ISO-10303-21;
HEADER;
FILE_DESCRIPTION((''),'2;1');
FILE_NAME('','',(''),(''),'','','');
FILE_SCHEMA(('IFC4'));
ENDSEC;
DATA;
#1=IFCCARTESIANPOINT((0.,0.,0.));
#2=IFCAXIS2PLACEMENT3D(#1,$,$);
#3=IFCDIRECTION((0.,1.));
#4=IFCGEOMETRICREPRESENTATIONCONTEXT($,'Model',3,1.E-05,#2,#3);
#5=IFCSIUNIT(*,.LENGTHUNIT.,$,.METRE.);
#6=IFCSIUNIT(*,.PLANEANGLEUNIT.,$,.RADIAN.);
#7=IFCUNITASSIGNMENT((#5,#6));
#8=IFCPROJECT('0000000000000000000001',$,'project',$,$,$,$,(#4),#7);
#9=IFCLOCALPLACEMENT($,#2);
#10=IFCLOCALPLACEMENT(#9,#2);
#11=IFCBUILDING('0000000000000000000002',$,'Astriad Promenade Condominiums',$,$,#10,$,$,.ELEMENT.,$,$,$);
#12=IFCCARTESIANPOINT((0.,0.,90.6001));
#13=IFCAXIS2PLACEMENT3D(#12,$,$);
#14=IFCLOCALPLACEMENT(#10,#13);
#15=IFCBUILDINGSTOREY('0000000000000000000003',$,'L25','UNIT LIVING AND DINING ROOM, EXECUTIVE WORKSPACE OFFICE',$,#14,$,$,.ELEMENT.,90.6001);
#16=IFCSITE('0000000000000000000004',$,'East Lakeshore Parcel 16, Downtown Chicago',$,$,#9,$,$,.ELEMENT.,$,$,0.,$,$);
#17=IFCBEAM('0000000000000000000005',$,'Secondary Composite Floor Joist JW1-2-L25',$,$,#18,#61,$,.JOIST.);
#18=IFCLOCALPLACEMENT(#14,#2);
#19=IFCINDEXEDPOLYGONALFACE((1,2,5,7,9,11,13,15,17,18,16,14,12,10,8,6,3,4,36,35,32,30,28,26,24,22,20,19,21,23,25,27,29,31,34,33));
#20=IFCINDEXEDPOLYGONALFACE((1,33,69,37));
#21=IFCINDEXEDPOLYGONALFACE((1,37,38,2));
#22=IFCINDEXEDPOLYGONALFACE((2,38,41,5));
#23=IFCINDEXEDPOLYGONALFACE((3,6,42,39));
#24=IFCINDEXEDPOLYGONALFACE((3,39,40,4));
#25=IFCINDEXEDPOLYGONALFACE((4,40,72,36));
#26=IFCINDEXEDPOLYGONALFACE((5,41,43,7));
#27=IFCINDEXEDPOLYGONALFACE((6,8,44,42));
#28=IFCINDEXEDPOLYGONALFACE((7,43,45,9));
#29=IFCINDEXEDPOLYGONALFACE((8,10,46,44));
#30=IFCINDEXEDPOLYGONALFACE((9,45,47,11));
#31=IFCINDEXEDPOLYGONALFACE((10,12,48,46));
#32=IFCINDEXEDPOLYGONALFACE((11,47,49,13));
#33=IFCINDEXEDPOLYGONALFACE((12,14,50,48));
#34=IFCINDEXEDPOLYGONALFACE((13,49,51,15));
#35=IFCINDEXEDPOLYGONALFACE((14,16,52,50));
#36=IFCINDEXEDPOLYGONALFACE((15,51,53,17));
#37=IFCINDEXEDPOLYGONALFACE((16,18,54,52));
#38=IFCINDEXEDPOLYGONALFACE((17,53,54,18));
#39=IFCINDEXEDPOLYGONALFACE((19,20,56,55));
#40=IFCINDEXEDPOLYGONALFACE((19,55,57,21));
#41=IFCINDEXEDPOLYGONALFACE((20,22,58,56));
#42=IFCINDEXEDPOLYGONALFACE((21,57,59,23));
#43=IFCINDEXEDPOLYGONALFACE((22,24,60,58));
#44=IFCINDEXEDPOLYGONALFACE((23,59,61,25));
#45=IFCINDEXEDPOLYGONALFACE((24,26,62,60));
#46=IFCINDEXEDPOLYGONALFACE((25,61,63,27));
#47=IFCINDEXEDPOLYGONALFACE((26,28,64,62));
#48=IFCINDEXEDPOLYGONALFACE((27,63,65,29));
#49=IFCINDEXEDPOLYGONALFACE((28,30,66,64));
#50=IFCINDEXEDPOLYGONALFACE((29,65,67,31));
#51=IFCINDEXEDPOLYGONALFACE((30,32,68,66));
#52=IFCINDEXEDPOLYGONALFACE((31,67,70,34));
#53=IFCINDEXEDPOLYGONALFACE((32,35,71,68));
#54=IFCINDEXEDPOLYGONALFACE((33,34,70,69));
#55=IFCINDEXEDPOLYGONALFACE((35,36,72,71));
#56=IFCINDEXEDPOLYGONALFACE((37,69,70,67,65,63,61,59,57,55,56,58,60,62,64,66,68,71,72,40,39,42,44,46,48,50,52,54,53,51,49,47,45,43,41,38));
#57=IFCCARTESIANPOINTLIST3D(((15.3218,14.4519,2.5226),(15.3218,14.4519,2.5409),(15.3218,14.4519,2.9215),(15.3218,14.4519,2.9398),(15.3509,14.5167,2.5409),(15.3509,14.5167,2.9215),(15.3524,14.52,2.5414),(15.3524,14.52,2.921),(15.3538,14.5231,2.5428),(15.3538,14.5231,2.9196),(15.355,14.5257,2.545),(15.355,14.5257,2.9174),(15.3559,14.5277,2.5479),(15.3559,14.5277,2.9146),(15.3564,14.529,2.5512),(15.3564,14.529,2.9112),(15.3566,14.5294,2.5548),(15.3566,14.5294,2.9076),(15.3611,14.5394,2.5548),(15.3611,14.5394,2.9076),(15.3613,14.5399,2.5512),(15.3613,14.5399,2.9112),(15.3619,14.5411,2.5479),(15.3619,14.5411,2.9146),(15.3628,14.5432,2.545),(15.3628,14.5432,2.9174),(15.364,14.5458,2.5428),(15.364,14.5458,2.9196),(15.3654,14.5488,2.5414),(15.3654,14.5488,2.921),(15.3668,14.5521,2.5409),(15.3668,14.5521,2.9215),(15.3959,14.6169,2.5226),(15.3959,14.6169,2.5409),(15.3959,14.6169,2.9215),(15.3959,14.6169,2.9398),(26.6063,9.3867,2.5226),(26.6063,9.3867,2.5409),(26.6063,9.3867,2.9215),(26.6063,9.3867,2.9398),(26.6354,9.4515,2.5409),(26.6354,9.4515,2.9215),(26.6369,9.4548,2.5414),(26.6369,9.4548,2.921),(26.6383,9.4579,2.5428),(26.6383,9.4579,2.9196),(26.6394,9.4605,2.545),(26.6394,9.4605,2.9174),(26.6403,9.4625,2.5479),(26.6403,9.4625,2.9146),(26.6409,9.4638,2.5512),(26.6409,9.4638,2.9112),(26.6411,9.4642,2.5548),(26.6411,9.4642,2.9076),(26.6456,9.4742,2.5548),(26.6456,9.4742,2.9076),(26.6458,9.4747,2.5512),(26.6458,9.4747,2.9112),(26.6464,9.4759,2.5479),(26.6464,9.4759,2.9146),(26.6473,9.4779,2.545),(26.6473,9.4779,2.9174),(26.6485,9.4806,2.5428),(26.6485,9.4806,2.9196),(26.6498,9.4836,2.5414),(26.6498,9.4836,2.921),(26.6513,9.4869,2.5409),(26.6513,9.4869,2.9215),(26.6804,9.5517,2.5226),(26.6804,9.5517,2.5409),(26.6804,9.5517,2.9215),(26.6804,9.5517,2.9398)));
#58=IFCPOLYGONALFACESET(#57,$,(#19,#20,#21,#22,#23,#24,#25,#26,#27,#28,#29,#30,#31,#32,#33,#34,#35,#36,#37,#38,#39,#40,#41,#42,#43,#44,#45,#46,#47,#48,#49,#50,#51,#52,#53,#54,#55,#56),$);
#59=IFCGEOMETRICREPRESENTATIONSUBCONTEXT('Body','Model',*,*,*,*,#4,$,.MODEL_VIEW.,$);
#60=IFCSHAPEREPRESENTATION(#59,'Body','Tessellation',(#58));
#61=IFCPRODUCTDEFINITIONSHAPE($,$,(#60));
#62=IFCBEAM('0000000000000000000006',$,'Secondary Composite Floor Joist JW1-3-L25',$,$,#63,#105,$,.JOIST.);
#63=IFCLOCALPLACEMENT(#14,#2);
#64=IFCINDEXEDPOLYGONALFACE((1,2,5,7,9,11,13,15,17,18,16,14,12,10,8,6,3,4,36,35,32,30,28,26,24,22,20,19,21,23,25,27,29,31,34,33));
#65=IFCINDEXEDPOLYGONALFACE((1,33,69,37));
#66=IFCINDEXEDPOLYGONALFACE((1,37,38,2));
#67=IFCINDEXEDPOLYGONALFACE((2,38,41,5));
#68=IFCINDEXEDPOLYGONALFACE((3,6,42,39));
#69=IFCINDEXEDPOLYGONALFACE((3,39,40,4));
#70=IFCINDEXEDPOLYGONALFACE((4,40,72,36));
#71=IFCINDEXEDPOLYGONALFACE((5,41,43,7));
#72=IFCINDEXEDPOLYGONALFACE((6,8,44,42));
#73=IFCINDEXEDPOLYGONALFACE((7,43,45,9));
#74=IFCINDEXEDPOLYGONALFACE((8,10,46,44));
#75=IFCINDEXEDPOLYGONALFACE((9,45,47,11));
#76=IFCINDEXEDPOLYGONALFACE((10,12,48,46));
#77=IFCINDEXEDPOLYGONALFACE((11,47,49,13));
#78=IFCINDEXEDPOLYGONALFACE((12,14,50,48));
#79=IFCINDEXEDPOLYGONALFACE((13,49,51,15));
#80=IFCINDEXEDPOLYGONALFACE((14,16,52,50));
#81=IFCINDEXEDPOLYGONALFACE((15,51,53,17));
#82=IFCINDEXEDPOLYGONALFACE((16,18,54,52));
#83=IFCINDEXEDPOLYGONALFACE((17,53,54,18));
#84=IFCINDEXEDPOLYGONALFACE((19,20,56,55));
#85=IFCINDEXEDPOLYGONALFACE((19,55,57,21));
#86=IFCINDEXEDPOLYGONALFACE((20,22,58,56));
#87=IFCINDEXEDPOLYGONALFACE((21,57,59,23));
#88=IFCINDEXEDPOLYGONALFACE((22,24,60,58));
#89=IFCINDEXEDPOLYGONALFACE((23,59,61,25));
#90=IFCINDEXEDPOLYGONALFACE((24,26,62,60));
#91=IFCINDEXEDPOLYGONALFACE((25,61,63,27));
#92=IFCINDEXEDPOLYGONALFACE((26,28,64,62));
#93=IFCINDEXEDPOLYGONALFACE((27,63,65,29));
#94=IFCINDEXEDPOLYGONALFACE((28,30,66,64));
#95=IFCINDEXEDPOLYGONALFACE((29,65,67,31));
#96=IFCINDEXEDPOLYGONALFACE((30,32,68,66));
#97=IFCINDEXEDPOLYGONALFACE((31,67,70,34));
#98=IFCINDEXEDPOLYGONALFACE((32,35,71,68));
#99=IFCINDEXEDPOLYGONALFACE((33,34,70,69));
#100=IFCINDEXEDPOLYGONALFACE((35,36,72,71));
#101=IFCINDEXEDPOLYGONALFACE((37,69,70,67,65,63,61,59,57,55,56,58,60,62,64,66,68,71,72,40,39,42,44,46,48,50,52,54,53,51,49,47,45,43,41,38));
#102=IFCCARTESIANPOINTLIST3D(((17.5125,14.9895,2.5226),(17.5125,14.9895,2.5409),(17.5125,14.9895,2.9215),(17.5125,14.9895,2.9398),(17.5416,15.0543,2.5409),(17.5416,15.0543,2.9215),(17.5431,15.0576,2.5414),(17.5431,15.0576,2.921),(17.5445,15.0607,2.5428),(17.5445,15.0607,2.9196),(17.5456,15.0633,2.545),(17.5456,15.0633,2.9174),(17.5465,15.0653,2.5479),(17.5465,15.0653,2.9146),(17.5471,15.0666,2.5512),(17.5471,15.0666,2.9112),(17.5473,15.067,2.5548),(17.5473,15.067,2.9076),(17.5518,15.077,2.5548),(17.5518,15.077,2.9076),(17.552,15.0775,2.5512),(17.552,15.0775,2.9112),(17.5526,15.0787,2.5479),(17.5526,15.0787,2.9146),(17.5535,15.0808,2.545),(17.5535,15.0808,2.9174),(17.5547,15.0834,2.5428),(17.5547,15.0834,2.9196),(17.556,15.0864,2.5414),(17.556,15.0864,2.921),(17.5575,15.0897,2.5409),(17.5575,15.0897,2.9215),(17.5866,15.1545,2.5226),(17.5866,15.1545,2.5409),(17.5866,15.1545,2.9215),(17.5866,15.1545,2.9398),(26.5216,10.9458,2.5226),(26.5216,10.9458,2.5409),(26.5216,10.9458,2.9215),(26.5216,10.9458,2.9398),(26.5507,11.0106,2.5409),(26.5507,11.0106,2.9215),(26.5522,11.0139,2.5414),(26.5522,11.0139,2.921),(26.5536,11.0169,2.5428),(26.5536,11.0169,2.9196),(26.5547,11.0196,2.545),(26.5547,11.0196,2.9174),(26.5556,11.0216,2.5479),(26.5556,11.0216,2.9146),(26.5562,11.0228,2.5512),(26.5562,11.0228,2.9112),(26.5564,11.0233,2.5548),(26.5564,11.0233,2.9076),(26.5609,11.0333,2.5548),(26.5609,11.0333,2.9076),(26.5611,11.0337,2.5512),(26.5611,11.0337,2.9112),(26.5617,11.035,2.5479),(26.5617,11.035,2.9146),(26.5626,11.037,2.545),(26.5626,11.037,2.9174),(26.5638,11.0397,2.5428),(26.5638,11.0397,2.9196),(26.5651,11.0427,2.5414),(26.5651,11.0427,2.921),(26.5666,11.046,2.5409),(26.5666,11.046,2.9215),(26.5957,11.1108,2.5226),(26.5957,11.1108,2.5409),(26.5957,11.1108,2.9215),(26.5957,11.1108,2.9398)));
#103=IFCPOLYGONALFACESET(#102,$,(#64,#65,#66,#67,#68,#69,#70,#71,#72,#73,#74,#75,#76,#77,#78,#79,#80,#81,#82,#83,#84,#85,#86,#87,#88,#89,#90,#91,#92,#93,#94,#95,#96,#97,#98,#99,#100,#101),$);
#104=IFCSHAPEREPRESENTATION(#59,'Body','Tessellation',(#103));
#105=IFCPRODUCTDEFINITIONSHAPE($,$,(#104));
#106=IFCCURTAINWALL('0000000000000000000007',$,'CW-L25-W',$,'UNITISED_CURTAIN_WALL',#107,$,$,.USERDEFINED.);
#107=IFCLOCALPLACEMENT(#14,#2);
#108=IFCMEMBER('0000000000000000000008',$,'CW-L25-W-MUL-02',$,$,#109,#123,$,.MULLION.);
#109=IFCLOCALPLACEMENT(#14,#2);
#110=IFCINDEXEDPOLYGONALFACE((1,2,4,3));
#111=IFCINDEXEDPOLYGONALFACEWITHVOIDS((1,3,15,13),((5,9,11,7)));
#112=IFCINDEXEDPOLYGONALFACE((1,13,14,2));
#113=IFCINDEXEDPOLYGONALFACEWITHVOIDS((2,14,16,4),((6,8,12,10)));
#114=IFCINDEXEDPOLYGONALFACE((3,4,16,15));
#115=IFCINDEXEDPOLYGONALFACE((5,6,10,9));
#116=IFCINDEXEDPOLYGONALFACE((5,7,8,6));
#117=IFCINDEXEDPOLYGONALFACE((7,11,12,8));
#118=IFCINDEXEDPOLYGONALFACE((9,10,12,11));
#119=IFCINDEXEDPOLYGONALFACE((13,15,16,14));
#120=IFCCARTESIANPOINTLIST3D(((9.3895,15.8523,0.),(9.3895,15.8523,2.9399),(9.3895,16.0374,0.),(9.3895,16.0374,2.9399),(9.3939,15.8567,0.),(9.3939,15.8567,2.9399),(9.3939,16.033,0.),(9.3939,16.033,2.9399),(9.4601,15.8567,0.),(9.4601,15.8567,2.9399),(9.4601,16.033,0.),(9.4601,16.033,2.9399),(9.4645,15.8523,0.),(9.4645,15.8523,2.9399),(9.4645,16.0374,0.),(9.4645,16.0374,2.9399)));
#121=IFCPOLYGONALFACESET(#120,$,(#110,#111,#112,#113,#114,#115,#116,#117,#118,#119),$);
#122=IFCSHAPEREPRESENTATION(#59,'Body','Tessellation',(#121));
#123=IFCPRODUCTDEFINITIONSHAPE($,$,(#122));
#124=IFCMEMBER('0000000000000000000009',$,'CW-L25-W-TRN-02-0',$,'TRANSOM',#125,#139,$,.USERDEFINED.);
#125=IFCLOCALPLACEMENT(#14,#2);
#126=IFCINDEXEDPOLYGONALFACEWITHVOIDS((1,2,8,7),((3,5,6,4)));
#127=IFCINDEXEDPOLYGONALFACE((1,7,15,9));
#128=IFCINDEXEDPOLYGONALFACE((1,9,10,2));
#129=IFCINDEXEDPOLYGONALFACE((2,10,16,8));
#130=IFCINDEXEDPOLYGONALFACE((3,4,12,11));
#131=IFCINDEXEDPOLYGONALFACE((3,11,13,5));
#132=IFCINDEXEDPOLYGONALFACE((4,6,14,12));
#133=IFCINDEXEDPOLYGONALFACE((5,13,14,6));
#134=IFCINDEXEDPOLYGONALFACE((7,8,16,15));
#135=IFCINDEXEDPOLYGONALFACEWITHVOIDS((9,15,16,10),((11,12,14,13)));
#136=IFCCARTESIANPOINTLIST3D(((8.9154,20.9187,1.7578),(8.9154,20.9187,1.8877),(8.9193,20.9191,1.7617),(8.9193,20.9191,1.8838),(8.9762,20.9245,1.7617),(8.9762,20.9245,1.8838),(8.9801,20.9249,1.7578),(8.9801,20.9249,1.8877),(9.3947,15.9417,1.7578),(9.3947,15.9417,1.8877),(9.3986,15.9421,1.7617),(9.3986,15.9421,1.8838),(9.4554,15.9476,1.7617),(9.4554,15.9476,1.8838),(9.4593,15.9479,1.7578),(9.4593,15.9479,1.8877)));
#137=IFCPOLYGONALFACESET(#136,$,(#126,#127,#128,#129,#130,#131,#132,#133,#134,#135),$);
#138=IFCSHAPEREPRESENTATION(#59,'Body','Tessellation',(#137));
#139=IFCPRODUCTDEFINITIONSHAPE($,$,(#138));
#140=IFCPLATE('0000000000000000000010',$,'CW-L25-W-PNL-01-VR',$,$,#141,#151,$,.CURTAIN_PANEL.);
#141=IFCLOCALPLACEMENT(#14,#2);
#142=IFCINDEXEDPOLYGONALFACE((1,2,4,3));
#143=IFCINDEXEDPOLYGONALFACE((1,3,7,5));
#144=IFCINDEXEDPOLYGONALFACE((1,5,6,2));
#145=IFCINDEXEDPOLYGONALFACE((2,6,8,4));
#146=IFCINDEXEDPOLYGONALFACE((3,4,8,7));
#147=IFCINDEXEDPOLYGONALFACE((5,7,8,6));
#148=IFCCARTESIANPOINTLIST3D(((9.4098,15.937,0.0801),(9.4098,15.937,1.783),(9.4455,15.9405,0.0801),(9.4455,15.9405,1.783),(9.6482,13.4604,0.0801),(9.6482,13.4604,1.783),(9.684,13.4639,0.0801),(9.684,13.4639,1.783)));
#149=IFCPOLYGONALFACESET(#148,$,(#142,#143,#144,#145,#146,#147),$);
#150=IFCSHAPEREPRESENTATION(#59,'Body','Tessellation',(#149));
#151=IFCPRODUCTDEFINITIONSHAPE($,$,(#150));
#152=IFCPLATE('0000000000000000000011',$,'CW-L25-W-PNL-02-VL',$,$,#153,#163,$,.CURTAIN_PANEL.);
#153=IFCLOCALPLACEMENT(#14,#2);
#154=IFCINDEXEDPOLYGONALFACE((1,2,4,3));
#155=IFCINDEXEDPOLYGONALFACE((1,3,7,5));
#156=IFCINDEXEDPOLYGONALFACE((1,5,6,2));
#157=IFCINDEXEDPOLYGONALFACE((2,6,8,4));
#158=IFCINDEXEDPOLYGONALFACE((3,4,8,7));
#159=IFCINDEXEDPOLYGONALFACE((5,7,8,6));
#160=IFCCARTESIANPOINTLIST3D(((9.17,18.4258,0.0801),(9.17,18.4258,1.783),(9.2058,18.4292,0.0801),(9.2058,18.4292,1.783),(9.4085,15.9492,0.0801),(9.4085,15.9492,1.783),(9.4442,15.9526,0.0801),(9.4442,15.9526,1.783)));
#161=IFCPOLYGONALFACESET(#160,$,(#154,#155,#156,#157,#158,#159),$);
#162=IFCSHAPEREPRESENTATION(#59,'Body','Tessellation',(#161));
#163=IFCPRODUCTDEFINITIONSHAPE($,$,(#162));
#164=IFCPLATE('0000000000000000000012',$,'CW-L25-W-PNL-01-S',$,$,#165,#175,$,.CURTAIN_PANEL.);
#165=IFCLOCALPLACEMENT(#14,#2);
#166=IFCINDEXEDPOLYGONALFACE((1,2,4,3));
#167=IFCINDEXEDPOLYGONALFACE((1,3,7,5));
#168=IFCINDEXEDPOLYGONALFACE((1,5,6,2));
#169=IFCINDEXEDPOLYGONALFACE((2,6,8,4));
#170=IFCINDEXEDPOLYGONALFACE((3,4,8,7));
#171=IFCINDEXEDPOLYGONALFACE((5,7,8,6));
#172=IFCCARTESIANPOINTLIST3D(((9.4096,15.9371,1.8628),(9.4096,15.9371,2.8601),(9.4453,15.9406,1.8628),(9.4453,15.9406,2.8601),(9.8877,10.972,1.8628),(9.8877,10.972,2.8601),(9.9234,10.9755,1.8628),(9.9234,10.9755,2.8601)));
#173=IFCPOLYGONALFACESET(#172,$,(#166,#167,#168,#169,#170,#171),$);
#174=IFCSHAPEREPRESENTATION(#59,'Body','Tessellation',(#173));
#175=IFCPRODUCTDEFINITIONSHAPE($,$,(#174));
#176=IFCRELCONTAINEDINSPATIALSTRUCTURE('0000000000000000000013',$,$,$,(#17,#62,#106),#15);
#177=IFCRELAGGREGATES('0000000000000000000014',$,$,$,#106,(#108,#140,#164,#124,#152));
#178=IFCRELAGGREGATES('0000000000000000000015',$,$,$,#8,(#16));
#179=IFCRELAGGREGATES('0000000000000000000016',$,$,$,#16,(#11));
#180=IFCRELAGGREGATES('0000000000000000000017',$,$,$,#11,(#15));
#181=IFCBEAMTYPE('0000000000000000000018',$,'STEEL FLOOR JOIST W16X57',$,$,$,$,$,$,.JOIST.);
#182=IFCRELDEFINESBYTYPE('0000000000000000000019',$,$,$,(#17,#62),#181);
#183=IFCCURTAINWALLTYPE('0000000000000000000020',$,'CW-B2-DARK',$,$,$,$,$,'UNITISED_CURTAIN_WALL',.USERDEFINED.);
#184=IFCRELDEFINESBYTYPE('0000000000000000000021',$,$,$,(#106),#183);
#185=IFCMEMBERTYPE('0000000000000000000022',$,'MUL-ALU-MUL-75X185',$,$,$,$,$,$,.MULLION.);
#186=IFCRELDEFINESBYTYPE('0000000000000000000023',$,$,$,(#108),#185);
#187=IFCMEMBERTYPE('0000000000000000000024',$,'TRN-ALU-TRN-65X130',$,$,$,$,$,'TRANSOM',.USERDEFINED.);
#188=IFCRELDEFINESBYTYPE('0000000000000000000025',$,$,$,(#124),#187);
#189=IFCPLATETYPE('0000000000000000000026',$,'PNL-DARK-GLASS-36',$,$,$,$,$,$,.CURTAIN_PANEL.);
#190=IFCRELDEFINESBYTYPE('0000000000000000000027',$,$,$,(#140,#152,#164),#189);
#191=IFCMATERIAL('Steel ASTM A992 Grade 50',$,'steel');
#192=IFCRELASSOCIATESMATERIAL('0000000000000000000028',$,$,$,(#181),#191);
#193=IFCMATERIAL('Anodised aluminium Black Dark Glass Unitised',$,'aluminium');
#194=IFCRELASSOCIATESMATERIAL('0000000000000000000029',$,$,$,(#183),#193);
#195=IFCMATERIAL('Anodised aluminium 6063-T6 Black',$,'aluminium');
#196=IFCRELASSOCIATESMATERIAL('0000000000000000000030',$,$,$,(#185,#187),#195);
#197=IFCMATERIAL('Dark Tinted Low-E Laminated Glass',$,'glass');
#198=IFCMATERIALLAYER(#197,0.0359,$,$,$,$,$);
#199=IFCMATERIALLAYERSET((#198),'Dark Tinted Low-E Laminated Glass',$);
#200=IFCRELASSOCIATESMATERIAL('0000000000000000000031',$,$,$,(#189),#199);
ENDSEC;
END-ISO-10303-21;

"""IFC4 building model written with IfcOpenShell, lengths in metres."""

from ifc_helpers import new_model, si_unit, direction, frame, origin, origin_2d, place, context, subcontext, project, spatial, rectangle, hollow_rectangle, i_section, extrude, source, transform, mapped, material, layer, layer_set, material_profile, profile_set, type_object, type_shapes, element, aggregate, save


model = new_model("IFC4")

# Units and contexts
model_context = context("Model", 3, precision=1e-05, world=origin(), true_north=direction((0.0, 1.0)))
body_context = subcontext(model_context, "Body", "Model", "MODEL_VIEW")
ifc_project = project(units=[si_unit("LENGTHUNIT", "METRE"), si_unit("PLANEANGLEUNIT", "RADIAN")], contexts=[model_context])

# Site, building, storey
site_placement = place(None, origin())
site = spatial("IfcSite", under=ifc_project, at=site_placement, Name="East Lakeshore Parcel 16, Downtown Chicago", CompositionType="ELEMENT", RefElevation=0.0)
building_placement = place(site_placement, origin())
building = spatial("IfcBuilding", under=site, at=building_placement, Name="Astriad Promenade Condominiums", CompositionType="ELEMENT")
storey_placement = place(building_placement, frame((0.0, 0.0, 90.6001)))
storey = spatial("IfcBuildingStorey", under=building, at=storey_placement, Name="L25", Description="UNIT LIVING AND DINING ROOM, EXECUTIVE WORKSPACE OFFICE", CompositionType="ELEMENT", Elevation=90.6001)

# Beams
ifc_material_1 = material(Name="Steel ASTM A992 Grade 50", Category="steel")
ifc_material_profile_1 = material_profile(ifc_material_1, i_section(OverallWidth=0.1809, OverallDepth=0.4172, WebThickness=0.011, FlangeThickness=0.0183, FilletRadius=0.0139, at=origin_2d()), Name="W16X57")
ifc_profile_set_1 = profile_set([ifc_material_profile_1], Name="Steel ASTM A992 Grade 50")
beam_type_1 = type_object("IfcBeamType", Name="STEEL FLOOR JOIST W16X57", PredefinedType="JOIST", material=ifc_profile_set_1)
shared_shape_1 = source(origin(), body_context, "Body", "SweptSolid", [
    extrude(i_section(OverallWidth=0.1809, OverallDepth=0.4172, WebThickness=0.011, FlangeThickness=0.0183, FilletRadius=0.0139, at=origin_2d()), origin(), (0.0, 0.0, 1.0), 12.3691),
])
beam_1_placement = place(storey_placement, frame((15.3589, 14.5344, 2.7312), z_axis=(0.912309, -0.409504, 0.0), x_axis=(0.409504, 0.912309, 0.0)))
element("IfcBeam", 1, at=beam_1_placement, inside=storey, type_object=beam_type_1, Name="Secondary Composite Floor Joist JW1-2-L25", PredefinedType="JOIST", context=body_context, shape_type="MappedRepresentation", body=[
    mapped(shared_shape_1, transform((0.0, 0.0, 0.0), scale=1.0)),
])
shared_shape_2 = source(origin(), body_context, "Body", "SweptSolid", [
    extrude(i_section(OverallWidth=0.1809, OverallDepth=0.4172, WebThickness=0.011, FlangeThickness=0.0183, FilletRadius=0.0139, at=origin_2d()), origin(), (0.0, 0.0, 1.0), 9.875),
])
beam_2_placement = place(storey_placement, frame((17.5496, 15.072, 2.7312), z_axis=(0.912314, -0.409492, 0.0), x_axis=(0.409492, 0.912314, 0.0)))
element("IfcBeam", 2, at=beam_2_placement, inside=storey, type_object=beam_type_1, Name="Secondary Composite Floor Joist JW1-3-L25", PredefinedType="JOIST", context=body_context, shape_type="MappedRepresentation", body=[
    mapped(shared_shape_2, transform((0.0, 0.0, 0.0), scale=1.0)),
])

# Curtain wall, members, plates
ifc_material_2 = material(Name="Anodised aluminium Black Dark Glass Unitised", Category="aluminium")
curtain_wall_type = type_object("IfcCurtainWallType", Name="CW-B2-DARK", ElementType="UNITISED_CURTAIN_WALL", PredefinedType="USERDEFINED", material=ifc_material_2)
curtain_wall_placement = place(storey_placement, origin())
curtain_wall = element("IfcCurtainWall", 3, at=curtain_wall_placement, inside=storey, type_object=curtain_wall_type, Name="CW-L25-W", ObjectType="UNITISED_CURTAIN_WALL", PredefinedType="USERDEFINED")
ifc_material_3 = material(Name="Anodised aluminium 6063-T6 Black", Category="aluminium")
ifc_material_profile_2 = material_profile(ifc_material_3, hollow_rectangle(XDim=0.075, YDim=0.1851, WallThickness=0.0044, at=origin_2d()), Name="ALU-MUL-75X185")
ifc_profile_set_2 = profile_set([ifc_material_profile_2], Name="Anodised aluminium 6063-T6 Black")
member_type_1 = type_object("IfcMemberType", Name="MUL-ALU-MUL-75X185", PredefinedType="MULLION", material=ifc_profile_set_2)
shared_shape_3 = source(origin(), body_context, "Body", "SweptSolid", [
    extrude(hollow_rectangle(XDim=0.075, YDim=0.1851, WallThickness=0.0044, at=origin_2d()), origin(), (0.0, 0.0, 1.0), 2.9399),
])
type_shapes(member_type_1, [shared_shape_3])
member_1_placement = place(storey_placement, frame((9.427, 15.9448, 0.0), z_axis=(0.0, 0.0, 1.0), x_axis=(1.0, 0.0, 0.0)))
member_1 = element("IfcMember", 4, at=member_1_placement, type_object=member_type_1, Name="CW-L25-W-MUL-02", PredefinedType="MULLION", context=body_context, shape_type="MappedRepresentation", body=[
    mapped(shared_shape_3, transform((0.0, 0.0, 0.0), scale=1.0)),
])
ifc_material_profile_3 = material_profile(ifc_material_3, hollow_rectangle(XDim=0.0649, YDim=0.1299, WallThickness=0.0039, at=origin_2d()), Name="ALU-TRN-65X130")
ifc_profile_set_3 = profile_set([ifc_material_profile_3], Name="Anodised aluminium 6063-T6 Black")
member_type_2 = type_object("IfcMemberType", Name="TRN-ALU-TRN-65X130", ElementType="TRANSOM", PredefinedType="USERDEFINED", material=ifc_profile_set_3)
shared_shape_4 = source(origin(), body_context, "Body", "SweptSolid", [
    extrude(hollow_rectangle(XDim=0.0649, YDim=0.1299, WallThickness=0.0039, at=origin_2d()), origin(), (0.0, 0.0, 1.0), 5.0),
])
type_shapes(member_type_2, [shared_shape_4])
member_2_placement = place(storey_placement, frame((9.427, 15.9448, 1.8228), z_axis=(-0.095848, 0.995396, 0.0), x_axis=(-0.995396, -0.095848, 0.0)))
member_2 = element("IfcMember", 5, at=member_2_placement, type_object=member_type_2, Name="CW-L25-W-TRN-02-0", ObjectType="TRANSOM", PredefinedType="USERDEFINED", context=body_context, shape_type="MappedRepresentation", body=[
    mapped(shared_shape_4, transform((0.0, 0.0, 0.0), scale=1.0)),
])
ifc_material_4 = material(Name="Dark Tinted Low-E Laminated Glass", Category="glass")
ifc_layer_1 = layer(ifc_material_4, 0.0359)
ifc_layer_set_1 = layer_set([ifc_layer_1], Name="Dark Tinted Low-E Laminated Glass")
plate_type = type_object("IfcPlateType", Name="PNL-DARK-GLASS-36", PredefinedType="CURTAIN_PANEL", material=ifc_layer_set_1)
shared_shape_5 = source(origin(), body_context, "Body", "SweptSolid", [
    extrude(rectangle(XDim=2.488, YDim=0.0359, at=origin_2d()), origin(), (0.0, 0.0, 1.0), 1.7029),
])
plate_1_placement = place(storey_placement, frame((9.5469, 14.7004, 0.0801), z_axis=(0.0, 0.0, 1.0), x_axis=(-0.095846, 0.995396, 0.0)))
plate_1 = element("IfcPlate", 6, at=plate_1_placement, type_object=plate_type, Name="CW-L25-W-PNL-01-VR", PredefinedType="CURTAIN_PANEL", context=body_context, shape_type="MappedRepresentation", body=[
    mapped(shared_shape_5, transform((0.0, 0.0, 0.0), scale=1.0)),
])
plate_2_placement = place(storey_placement, frame((9.3071, 17.1892, 0.0801), z_axis=(0.0, 0.0, 1.0), x_axis=(-0.095846, 0.995396, 0.0)))
plate_2 = element("IfcPlate", 7, at=plate_2_placement, type_object=plate_type, Name="CW-L25-W-PNL-02-VL", PredefinedType="CURTAIN_PANEL", context=body_context, shape_type="MappedRepresentation", body=[
    mapped(shared_shape_5, transform((0.0, 0.0, 0.0), scale=1.0)),
])
shared_shape_6 = source(origin(), body_context, "Body", "SweptSolid", [
    extrude(rectangle(XDim=4.988, YDim=0.0359, at=origin_2d()), origin(), (0.0, 0.0, 1.0), 0.9973),
])
type_shapes(plate_type, [shared_shape_5, shared_shape_6])
plate_3_placement = place(storey_placement, frame((9.6665, 13.4563, 1.8628), z_axis=(0.0, 0.0, 1.0), x_axis=(-0.095846, 0.995396, 0.0)))
plate_3 = element("IfcPlate", 8, at=plate_3_placement, type_object=plate_type, Name="CW-L25-W-PNL-01-S", PredefinedType="CURTAIN_PANEL", context=body_context, shape_type="MappedRepresentation", body=[
    mapped(shared_shape_6, transform((0.0, 0.0, 0.0), scale=1.0)),
])
aggregate(curtain_wall, [member_1, plate_1, plate_3, member_2, plate_2])

save(model, "model.ifc")
